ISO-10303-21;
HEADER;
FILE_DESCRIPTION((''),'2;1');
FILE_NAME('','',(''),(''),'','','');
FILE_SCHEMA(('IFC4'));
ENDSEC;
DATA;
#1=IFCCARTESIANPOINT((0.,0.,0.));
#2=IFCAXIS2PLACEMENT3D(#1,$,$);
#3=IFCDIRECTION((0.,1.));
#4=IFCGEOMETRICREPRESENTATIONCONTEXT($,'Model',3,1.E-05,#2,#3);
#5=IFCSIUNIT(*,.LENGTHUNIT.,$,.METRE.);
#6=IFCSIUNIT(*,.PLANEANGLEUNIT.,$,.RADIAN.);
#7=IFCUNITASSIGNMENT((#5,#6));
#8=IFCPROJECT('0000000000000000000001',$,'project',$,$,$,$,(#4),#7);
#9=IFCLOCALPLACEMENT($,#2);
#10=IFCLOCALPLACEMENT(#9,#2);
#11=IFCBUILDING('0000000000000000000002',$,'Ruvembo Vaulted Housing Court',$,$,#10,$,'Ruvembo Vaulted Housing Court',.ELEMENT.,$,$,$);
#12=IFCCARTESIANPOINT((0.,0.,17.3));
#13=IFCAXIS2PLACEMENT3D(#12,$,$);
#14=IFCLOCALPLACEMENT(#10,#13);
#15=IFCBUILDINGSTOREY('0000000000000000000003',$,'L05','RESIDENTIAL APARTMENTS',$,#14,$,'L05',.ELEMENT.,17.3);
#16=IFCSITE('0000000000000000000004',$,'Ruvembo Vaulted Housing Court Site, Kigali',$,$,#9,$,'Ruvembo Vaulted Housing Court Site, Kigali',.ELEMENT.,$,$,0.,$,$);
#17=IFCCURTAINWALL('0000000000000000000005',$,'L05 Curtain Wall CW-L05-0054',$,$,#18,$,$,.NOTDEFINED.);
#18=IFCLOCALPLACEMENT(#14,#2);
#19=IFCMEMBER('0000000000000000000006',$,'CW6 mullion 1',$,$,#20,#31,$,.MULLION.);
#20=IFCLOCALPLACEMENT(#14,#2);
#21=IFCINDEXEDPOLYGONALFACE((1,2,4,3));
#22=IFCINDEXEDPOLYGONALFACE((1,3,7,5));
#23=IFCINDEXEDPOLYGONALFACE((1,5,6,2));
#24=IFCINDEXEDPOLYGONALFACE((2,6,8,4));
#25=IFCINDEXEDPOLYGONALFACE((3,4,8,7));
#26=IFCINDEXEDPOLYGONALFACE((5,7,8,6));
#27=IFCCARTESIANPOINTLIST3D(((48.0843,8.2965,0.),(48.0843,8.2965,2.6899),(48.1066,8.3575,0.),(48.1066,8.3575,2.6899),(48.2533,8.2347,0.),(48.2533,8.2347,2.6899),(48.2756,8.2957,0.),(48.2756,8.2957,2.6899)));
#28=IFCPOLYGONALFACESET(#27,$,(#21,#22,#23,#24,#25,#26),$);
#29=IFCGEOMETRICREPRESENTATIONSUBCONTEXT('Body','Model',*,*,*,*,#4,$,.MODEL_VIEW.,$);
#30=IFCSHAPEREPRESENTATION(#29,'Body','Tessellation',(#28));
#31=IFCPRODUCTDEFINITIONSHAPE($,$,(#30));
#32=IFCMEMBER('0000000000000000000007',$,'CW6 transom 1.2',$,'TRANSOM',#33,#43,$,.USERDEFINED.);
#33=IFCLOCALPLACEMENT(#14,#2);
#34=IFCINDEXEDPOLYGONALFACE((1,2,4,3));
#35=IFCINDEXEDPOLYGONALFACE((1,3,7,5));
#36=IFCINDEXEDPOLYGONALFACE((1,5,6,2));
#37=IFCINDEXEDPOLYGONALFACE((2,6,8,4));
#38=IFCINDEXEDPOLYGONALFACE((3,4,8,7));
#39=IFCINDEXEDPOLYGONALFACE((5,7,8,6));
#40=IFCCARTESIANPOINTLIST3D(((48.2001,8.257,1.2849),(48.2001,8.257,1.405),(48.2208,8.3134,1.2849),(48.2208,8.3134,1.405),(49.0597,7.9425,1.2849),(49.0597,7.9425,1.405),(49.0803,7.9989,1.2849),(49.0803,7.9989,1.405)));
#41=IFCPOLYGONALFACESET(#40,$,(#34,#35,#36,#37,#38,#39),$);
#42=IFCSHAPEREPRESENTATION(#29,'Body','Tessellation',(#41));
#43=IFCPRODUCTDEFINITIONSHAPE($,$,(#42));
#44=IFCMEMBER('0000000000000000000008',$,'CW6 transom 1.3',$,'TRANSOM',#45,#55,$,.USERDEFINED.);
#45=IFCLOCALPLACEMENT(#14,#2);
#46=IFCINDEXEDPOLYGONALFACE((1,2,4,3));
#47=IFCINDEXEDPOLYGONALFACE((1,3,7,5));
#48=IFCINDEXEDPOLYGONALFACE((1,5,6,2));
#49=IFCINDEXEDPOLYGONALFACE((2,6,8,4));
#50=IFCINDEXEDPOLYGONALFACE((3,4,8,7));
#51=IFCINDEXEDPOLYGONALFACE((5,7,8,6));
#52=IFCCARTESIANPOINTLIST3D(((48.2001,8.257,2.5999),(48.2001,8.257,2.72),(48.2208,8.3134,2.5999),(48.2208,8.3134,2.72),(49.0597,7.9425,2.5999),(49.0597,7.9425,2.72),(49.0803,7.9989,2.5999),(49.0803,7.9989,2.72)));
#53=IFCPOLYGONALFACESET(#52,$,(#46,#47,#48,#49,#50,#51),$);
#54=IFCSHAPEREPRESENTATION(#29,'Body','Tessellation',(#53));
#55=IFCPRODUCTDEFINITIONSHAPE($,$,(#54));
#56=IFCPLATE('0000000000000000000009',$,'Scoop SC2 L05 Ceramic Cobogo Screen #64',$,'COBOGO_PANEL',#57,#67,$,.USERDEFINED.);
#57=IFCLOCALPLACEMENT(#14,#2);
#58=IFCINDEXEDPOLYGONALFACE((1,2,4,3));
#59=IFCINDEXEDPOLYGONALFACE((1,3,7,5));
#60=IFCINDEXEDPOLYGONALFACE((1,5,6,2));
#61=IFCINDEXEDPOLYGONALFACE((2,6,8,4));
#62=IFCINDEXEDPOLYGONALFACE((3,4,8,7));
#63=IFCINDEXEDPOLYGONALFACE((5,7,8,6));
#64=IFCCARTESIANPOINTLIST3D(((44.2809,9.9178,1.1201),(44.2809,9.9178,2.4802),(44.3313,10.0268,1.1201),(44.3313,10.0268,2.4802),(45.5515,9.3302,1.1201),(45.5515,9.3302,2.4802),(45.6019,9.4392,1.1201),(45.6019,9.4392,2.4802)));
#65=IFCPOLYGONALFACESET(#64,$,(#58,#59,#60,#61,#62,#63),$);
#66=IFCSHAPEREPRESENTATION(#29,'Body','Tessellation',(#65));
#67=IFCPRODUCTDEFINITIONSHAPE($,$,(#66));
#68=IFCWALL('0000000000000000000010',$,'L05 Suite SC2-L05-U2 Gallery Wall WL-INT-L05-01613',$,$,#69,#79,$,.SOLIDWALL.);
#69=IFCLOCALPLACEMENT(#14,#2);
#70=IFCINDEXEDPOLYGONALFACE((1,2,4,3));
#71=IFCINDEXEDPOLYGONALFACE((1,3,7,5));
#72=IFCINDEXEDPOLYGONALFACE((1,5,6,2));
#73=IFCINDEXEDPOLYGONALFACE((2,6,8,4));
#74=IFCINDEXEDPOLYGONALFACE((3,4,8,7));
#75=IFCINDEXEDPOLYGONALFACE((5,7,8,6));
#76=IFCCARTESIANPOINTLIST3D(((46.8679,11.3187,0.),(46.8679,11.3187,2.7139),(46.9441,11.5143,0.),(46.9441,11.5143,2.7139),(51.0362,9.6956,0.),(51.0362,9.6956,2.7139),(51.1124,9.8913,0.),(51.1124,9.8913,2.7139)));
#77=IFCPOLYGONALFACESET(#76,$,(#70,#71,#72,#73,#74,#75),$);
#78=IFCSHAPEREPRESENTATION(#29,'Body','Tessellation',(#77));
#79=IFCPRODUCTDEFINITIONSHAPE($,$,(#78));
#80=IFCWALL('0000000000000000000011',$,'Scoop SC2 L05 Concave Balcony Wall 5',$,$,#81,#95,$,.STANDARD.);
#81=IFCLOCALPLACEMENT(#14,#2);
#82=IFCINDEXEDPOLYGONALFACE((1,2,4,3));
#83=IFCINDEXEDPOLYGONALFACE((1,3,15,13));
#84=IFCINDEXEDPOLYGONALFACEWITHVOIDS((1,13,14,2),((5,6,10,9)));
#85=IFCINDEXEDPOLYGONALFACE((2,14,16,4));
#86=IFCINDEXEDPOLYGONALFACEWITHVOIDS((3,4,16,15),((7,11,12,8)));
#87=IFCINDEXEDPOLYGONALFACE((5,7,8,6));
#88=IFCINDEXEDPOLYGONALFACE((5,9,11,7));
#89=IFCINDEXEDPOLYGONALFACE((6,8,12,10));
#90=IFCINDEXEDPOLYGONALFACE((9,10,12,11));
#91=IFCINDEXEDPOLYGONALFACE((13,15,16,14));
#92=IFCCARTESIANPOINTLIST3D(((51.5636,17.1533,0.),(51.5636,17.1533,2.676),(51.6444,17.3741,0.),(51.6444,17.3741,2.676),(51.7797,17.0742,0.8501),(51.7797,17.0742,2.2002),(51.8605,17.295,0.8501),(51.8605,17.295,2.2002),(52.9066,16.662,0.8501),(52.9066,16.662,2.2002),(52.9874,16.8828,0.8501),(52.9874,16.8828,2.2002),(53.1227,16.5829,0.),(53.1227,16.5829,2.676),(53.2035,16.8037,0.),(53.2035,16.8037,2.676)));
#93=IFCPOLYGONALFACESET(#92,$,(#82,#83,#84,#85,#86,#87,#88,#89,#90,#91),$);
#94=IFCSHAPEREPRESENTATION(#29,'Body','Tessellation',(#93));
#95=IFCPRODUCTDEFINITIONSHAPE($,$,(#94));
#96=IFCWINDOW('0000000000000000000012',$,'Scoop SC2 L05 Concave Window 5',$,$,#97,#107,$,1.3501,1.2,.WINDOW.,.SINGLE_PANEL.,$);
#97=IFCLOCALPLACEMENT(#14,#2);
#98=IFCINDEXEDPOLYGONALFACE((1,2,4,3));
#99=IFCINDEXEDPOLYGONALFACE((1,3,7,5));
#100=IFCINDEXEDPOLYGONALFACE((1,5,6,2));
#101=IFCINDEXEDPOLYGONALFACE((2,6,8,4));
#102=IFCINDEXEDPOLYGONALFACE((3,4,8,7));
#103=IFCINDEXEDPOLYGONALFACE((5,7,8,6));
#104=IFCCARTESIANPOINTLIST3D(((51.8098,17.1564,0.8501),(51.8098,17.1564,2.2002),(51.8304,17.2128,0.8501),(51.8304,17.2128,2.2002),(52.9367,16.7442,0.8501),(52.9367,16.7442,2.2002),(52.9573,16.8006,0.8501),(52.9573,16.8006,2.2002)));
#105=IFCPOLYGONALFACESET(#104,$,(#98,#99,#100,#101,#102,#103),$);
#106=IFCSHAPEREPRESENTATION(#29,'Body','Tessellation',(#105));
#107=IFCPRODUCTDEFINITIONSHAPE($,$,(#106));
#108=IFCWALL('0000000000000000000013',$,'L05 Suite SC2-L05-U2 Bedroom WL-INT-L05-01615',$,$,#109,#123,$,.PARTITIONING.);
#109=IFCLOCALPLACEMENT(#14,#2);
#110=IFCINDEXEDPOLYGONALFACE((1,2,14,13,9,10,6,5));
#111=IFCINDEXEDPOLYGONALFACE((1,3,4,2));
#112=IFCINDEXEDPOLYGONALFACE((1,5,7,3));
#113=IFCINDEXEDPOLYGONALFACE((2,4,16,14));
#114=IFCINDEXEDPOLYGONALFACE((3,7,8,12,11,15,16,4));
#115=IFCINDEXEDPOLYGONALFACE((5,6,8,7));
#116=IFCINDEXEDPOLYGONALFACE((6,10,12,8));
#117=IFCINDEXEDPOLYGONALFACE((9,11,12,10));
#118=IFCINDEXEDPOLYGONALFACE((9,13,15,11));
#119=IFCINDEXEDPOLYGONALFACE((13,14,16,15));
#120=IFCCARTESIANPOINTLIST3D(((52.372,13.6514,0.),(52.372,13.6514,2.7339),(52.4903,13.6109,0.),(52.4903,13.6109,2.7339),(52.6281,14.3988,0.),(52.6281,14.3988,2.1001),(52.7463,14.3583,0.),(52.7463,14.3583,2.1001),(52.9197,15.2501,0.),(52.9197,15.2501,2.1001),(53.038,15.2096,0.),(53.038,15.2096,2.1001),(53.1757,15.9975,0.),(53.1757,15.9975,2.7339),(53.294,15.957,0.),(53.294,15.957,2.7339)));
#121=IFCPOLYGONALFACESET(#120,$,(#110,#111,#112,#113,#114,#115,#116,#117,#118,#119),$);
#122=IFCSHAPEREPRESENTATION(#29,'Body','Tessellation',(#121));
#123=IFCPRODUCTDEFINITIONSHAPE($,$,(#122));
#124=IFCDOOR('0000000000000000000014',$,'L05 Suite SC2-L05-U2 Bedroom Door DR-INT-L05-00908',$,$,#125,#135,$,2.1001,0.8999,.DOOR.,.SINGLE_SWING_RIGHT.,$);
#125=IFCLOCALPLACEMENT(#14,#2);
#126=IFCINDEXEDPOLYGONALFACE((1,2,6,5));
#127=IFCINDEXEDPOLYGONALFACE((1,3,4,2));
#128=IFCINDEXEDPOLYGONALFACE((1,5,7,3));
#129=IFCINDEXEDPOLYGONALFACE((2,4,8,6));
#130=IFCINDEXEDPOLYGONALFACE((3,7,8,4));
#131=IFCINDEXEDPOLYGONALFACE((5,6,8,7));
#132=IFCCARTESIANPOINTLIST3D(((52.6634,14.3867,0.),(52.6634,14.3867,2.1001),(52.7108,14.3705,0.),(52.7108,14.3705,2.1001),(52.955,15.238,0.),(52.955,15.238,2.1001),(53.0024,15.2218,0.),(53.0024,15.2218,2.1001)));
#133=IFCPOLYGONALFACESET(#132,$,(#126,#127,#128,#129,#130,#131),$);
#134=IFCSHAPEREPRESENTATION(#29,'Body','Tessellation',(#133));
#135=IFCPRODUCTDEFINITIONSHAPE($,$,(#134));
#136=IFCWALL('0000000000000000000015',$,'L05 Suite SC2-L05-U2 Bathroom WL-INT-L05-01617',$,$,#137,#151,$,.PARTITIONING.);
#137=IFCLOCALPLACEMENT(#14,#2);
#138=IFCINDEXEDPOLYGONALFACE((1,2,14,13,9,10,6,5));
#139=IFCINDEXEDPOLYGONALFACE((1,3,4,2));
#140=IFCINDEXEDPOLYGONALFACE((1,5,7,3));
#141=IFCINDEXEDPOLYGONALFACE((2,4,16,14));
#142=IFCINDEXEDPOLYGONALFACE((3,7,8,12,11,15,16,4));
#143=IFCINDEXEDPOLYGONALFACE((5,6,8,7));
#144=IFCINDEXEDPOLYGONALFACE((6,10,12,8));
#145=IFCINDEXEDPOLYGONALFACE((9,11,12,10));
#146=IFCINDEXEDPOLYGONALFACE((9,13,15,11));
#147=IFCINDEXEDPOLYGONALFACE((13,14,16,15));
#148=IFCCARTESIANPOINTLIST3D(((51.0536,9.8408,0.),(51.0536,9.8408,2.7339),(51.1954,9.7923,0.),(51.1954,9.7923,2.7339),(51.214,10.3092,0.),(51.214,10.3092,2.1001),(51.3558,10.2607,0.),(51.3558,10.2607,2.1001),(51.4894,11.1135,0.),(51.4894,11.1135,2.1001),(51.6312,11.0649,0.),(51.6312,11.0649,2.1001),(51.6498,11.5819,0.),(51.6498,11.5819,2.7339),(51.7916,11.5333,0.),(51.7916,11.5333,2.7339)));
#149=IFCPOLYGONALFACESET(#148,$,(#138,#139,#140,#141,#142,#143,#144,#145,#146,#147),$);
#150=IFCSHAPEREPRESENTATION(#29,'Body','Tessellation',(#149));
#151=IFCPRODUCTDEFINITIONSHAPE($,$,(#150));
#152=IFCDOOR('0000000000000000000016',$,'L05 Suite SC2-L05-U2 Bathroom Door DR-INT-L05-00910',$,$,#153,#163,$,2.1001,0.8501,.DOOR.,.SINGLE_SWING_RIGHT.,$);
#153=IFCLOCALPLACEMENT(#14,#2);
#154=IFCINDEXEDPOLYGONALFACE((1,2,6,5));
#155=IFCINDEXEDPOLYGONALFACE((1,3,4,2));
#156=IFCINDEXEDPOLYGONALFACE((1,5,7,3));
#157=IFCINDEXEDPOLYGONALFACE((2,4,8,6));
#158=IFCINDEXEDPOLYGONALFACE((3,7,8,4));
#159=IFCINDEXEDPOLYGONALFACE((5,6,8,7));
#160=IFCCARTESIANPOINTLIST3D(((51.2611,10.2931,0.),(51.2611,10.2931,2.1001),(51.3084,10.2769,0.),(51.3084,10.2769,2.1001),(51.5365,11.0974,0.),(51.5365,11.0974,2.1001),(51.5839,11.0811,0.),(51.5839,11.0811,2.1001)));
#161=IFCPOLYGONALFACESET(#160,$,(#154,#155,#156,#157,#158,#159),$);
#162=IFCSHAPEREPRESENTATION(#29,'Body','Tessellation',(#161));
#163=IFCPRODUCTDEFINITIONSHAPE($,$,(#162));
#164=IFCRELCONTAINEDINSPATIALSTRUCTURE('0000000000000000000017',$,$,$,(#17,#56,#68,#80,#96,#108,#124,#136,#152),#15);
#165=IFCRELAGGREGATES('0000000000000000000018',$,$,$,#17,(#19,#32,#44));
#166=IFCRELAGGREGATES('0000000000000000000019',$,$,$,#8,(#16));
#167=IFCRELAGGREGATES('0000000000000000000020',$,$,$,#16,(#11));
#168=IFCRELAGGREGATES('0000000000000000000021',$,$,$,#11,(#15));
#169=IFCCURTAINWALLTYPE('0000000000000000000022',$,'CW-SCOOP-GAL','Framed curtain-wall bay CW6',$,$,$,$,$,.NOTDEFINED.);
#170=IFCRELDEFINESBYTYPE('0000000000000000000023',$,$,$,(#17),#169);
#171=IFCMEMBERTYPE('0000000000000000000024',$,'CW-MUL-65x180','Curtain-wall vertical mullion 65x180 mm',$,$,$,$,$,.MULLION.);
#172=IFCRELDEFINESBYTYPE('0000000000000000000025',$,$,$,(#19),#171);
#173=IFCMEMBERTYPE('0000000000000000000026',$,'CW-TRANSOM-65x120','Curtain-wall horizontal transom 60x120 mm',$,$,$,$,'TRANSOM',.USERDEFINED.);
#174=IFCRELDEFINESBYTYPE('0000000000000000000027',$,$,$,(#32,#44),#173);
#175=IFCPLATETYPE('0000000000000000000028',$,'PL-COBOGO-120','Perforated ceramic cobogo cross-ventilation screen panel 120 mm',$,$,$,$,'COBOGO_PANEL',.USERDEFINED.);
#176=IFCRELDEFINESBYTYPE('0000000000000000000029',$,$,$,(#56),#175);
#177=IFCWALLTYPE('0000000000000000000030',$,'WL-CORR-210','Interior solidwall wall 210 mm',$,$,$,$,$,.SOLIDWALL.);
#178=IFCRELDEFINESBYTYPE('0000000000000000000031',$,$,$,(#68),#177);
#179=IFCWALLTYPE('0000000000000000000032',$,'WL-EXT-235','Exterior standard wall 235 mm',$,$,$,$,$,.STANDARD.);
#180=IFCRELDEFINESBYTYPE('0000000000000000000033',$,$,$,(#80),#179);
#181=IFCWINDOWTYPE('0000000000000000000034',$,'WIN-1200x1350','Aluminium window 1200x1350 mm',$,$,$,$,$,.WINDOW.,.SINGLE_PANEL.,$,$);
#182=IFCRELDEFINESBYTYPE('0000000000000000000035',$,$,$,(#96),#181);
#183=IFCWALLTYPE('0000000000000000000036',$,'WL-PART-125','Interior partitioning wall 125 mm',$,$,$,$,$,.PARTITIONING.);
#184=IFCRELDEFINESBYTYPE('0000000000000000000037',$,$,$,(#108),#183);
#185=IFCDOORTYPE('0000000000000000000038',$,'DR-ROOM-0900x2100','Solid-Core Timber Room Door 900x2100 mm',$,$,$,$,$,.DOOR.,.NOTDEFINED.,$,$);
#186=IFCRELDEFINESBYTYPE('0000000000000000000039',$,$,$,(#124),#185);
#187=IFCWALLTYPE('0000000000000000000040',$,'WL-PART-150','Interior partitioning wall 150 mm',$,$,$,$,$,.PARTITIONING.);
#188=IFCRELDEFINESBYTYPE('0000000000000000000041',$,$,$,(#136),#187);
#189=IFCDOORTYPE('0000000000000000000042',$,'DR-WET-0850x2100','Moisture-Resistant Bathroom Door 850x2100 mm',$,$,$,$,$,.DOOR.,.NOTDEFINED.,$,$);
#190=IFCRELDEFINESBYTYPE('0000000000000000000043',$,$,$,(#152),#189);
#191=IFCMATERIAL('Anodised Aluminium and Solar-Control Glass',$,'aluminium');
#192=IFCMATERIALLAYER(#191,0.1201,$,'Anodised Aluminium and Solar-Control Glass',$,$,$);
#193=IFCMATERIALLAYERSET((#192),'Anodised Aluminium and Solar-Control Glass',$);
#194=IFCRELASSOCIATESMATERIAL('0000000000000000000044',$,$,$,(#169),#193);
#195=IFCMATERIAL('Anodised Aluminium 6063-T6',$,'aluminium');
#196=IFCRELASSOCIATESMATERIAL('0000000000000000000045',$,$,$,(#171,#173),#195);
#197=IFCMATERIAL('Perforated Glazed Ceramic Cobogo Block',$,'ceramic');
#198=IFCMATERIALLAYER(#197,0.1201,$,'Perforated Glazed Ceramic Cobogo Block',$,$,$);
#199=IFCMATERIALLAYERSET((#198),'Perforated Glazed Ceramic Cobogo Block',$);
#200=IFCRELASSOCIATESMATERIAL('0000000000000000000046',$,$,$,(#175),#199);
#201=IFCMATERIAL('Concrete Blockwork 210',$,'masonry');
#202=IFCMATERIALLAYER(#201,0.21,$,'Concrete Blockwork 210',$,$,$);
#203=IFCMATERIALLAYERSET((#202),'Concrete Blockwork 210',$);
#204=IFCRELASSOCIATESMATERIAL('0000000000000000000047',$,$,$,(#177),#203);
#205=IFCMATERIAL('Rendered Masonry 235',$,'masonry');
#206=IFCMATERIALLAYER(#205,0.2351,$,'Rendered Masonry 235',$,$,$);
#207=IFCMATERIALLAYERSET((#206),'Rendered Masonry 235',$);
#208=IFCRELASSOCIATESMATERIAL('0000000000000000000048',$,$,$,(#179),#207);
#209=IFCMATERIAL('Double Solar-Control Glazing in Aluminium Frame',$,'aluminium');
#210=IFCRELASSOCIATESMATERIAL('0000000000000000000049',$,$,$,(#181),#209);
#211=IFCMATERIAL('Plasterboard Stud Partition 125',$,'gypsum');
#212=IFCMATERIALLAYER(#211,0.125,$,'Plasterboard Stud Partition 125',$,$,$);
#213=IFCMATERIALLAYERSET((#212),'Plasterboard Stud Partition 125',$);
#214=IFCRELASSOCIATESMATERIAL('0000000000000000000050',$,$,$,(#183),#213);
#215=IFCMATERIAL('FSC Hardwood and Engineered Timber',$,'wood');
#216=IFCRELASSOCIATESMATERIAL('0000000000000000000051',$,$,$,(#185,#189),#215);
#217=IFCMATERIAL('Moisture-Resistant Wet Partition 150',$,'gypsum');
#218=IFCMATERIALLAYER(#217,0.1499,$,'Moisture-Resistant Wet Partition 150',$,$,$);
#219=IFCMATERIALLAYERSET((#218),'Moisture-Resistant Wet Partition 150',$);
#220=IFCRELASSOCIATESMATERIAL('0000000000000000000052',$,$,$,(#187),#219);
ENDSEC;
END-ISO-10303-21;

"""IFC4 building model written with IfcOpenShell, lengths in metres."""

from ifc_helpers import new_model, si_unit, direction, frame, frame_2d, origin, origin_2d, place, context, subcontext, project, spatial, rectangle, extrude, material, layer, layer_set, material_profile, profile_set, type_object, element, fill, aggregate, save


model = new_model("IFC4")

# Units and contexts
model_context = context("Model", 3, precision=1e-05, world=origin(), true_north=direction((0.0, 1.0)))
body_context = subcontext(model_context, "Body", "Model", "MODEL_VIEW")
ifc_project = project(units=[si_unit("LENGTHUNIT", "METRE"), si_unit("PLANEANGLEUNIT", "RADIAN")], contexts=[model_context])

# Site, building, storey
site_placement = place(None, origin())
site = spatial("IfcSite", under=ifc_project, at=site_placement, Name="Ruvembo Vaulted Housing Court Site, Kigali", LongName="Ruvembo Vaulted Housing Court Site, Kigali", CompositionType="ELEMENT", RefElevation=0.0)
building_placement = place(site_placement, origin())
building = spatial("IfcBuilding", under=site, at=building_placement, Name="Ruvembo Vaulted Housing Court", LongName="Ruvembo Vaulted Housing Court", CompositionType="ELEMENT")
storey_placement = place(building_placement, frame((0.0, 0.0, 17.3)))
storey = spatial("IfcBuildingStorey", under=building, at=storey_placement, Name="L05", Description="RESIDENTIAL APARTMENTS", LongName="L05", CompositionType="ELEMENT", Elevation=17.3)

# Curtain wall, members
ifc_material_1 = material(Name="Anodised Aluminium and Solar-Control Glass", Category="aluminium")
ifc_layer_1 = layer(ifc_material_1, 0.1201, Name="Anodised Aluminium and Solar-Control Glass")
ifc_layer_set_1 = layer_set([ifc_layer_1], Name="Anodised Aluminium and Solar-Control Glass")
curtain_wall_type = type_object("IfcCurtainWallType", Name="CW-SCOOP-GAL", Description="Framed curtain-wall bay CW6", PredefinedType="NOTDEFINED", material=ifc_layer_set_1)
curtain_wall_placement = place(storey_placement, origin())
curtain_wall = element("IfcCurtainWall", 1, at=curtain_wall_placement, inside=storey, type_object=curtain_wall_type, Name="L05 Curtain Wall CW-L05-0054", PredefinedType="NOTDEFINED")
ifc_material_2 = material(Name="Anodised Aluminium 6063-T6", Category="aluminium")
ifc_material_profile_1 = material_profile(ifc_material_2, rectangle(XDim=0.0649, YDim=0.1799, at=origin_2d()), Name="ALU 65x180")
ifc_profile_set_1 = profile_set([ifc_material_profile_1], Name="Anodised Aluminium 6063-T6")
member_type_1 = type_object("IfcMemberType", Name="CW-MUL-65x180", Description="Curtain-wall vertical mullion 65x180 mm", PredefinedType="MULLION", material=ifc_profile_set_1)
member_1_placement = place(storey_placement, frame((48.1799, 8.2961, 0.0), z_axis=(0.0, 0.0, 1.0), x_axis=(0.34349, 0.939156, 0.0)))
member_1 = element("IfcMember", 2, at=member_1_placement, type_object=member_type_1, Name="CW6 mullion 1", PredefinedType="MULLION", context=body_context, shape_type="SweptSolid", body=[
    extrude(rectangle(XDim=0.0649, YDim=0.1799, at=origin_2d()), origin(), (0.0, 0.0, 1.0), 2.6899),
])
ifc_material_profile_2 = material_profile(ifc_material_2, rectangle(XDim=0.0601, YDim=0.1201, at=origin_2d()), Name="ALU 60x120")
ifc_profile_set_2 = profile_set([ifc_material_profile_2], Name="Anodised Aluminium 6063-T6")
member_type_2 = type_object("IfcMemberType", Name="CW-TRANSOM-65x120", Description="Curtain-wall horizontal transom 60x120 mm", ElementType="TRANSOM", PredefinedType="USERDEFINED", material=ifc_profile_set_2)
member_2_placement = place(storey_placement, frame((48.2104, 8.2852, 1.345), z_axis=(0.939138, -0.343541, 0.0), x_axis=(0.343541, 0.939138, 0.0)))
member_2 = element("IfcMember", 3, at=member_2_placement, type_object=member_type_2, Name="CW6 transom 1.2", ObjectType="TRANSOM", PredefinedType="USERDEFINED", context=body_context, shape_type="SweptSolid", body=[
    extrude(rectangle(XDim=0.0601, YDim=0.1201, at=origin_2d()), origin(), (0.0, 0.0, 1.0), 0.9153),
])
member_3_placement = place(storey_placement, frame((48.2104, 8.2852, 2.6599), z_axis=(0.939138, -0.343541, 0.0), x_axis=(0.343541, 0.939138, 0.0)))
member_3 = element("IfcMember", 4, at=member_3_placement, type_object=member_type_2, Name="CW6 transom 1.3", ObjectType="TRANSOM", PredefinedType="USERDEFINED", context=body_context, shape_type="SweptSolid", body=[
    extrude(rectangle(XDim=0.0601, YDim=0.1201, at=origin_2d()), origin(), (0.0, 0.0, 1.0), 0.9153),
])
aggregate(curtain_wall, [member_1, member_2, member_3])

# Plate
ifc_material_3 = material(Name="Perforated Glazed Ceramic Cobogo Block", Category="ceramic")
ifc_layer_2 = layer(ifc_material_3, 0.1201, Name="Perforated Glazed Ceramic Cobogo Block")
ifc_layer_set_2 = layer_set([ifc_layer_2], Name="Perforated Glazed Ceramic Cobogo Block")
plate_type = type_object("IfcPlateType", Name="PL-COBOGO-120", Description="Perforated ceramic cobogo cross-ventilation screen panel 120 mm", ElementType="COBOGO_PANEL", PredefinedType="USERDEFINED", material=ifc_layer_set_2)
plate_placement = place(storey_placement, frame((44.9414, 9.6785, 1.1201), z_axis=(0.0, 0.0, 1.0), x_axis=(0.907646, -0.419737, 0.0)))
element("IfcPlate", 5, at=plate_placement, inside=storey, type_object=plate_type, Name="Scoop SC2 L05 Ceramic Cobogo Screen #64", ObjectType="COBOGO_PANEL", PredefinedType="USERDEFINED", context=body_context, shape_type="SweptSolid", body=[
    extrude(rectangle(XDim=1.3999, YDim=0.1201, at=origin_2d()), origin(), (0.0, 0.0, 1.0), 1.3601),
])

# Wall
ifc_material_4 = material(Name="Concrete Blockwork 210", Category="masonry")
ifc_layer_3 = layer(ifc_material_4, 0.21, Name="Concrete Blockwork 210")
ifc_layer_set_3 = layer_set([ifc_layer_3], Name="Concrete Blockwork 210")
wall_type_1 = type_object("IfcWallType", Name="WL-CORR-210", Description="Interior solidwall wall 210 mm", PredefinedType="SOLIDWALL", material=ifc_layer_set_3)
wall_1_placement = place(storey_placement, frame((46.906, 11.4165, 0.0), z_axis=(0.0, 0.0, 1.0), x_axis=(0.931848, -0.362849, 0.0)))
element("IfcWall", 6, at=wall_1_placement, inside=storey, type_object=wall_type_1, Name="L05 Suite SC2-L05-U2 Gallery Wall WL-INT-L05-01613", PredefinedType="SOLIDWALL", context=body_context, shape_type="SweptSolid", body=[
    extrude(rectangle(XDim=4.4731, YDim=0.21, at=frame_2d((2.2366, 0.0))), origin(), (0.0, 0.0, 1.0), 2.7139),
])

# Shared definitions
ifc_material_5 = material(Name="FSC Hardwood and Engineered Timber", Category="wood")

# Wall, opening, window
ifc_material_6 = material(Name="Rendered Masonry 235", Category="masonry")
ifc_layer_4 = layer(ifc_material_6, 0.2351, Name="Rendered Masonry 235")
ifc_layer_set_4 = layer_set([ifc_layer_4], Name="Rendered Masonry 235")
wall_type_2 = type_object("IfcWallType", Name="WL-EXT-235", Description="Exterior standard wall 235 mm", PredefinedType="STANDARD", material=ifc_layer_set_4)
wall_2_placement = place(storey_placement, frame((51.604, 17.2637, 0.0), z_axis=(0.0, 0.0, 1.0), x_axis=(0.939139, -0.343537, 0.0)))
wall_2 = element("IfcWall", 7, at=wall_2_placement, inside=storey, type_object=wall_type_2, Name="Scoop SC2 L05 Concave Balcony Wall 5", PredefinedType="STANDARD", context=body_context, shape_type="SweptSolid", body=[
    extrude(rectangle(XDim=1.6602, YDim=0.2351, at=frame_2d((0.8301, 0.0))), origin(), (0.0, 0.0, 1.0), 2.676),
])
opening_1_placement = place(wall_2_placement, frame((0.23, 0.0, 0.8501)))
opening_1 = element("IfcOpeningElement", 8, at=opening_1_placement, cuts=wall_2, PredefinedType="OPENING", context=body_context, shape_type="SweptSolid", body=[
    extrude(rectangle(XDim=1.2, YDim=1.3501, at=frame_2d((0.6001, 0.675))), frame((0.0, 0.1274, 0.0), z_axis=(0.0, -1.0, 0.0), x_axis=(1.0, 0.0, 0.0)), (0.0, 0.0, 1.0), 0.2551),
])
ifc_material_7 = material(Name="Double Solar-Control Glazing in Aluminium Frame", Category="aluminium")
window_type = type_object("IfcWindowType", Name="WIN-1200x1350", Description="Aluminium window 1200x1350 mm", PartitioningType="SINGLE_PANEL", PredefinedType="WINDOW", material=ifc_material_7)
window_placement = place(opening_1_placement, origin())
window = element("IfcWindow", 9, at=window_placement, inside=storey, type_object=window_type, Name="Scoop SC2 L05 Concave Window 5", OverallHeight=1.3501, OverallWidth=1.2, PartitioningType="SINGLE_PANEL", PredefinedType="WINDOW", context=body_context, shape_type="SweptSolid", body=[
    extrude(rectangle(XDim=1.2, YDim=1.3501, at=frame_2d((0.6001, 0.675))), frame((0.0, 0.03, 0.0), z_axis=(0.0, -1.0, 0.0), x_axis=(1.0, 0.0, 0.0)), (0.0, 0.0, 1.0), 0.0601),
])
fill(opening_1, window)

# Walls, openings, doors
ifc_material_8 = material(Name="Plasterboard Stud Partition 125", Category="gypsum")
ifc_layer_5 = layer(ifc_material_8, 0.125, Name="Plasterboard Stud Partition 125")
ifc_layer_set_5 = layer_set([ifc_layer_5], Name="Plasterboard Stud Partition 125")
wall_type_3 = type_object("IfcWallType", Name="WL-PART-125", Description="Interior partitioning wall 125 mm", PredefinedType="PARTITIONING", material=ifc_layer_set_5)
wall_3_placement = place(storey_placement, frame((53.2349, 15.9773, 0.0), z_axis=(0.0, 0.0, 1.0), x_axis=(-0.324073, -0.946032, 0.0)))
wall_3 = element("IfcWall", 10, at=wall_3_placement, inside=storey, type_object=wall_type_3, Name="L05 Suite SC2-L05-U2 Bedroom WL-INT-L05-01615", PredefinedType="PARTITIONING", context=body_context, shape_type="SweptSolid", body=[
    extrude(rectangle(XDim=2.48, YDim=0.125, at=frame_2d((1.24, 0.0))), origin(), (0.0, 0.0, 1.0), 2.7339),
])
opening_2_placement = place(wall_3_placement, frame((0.79, 0.0, 0.0)))
opening_2 = element("IfcOpeningElement", 11, at=opening_2_placement, cuts=wall_3, PredefinedType="OPENING", context=body_context, shape_type="SweptSolid", body=[
    extrude(rectangle(XDim=0.8999, YDim=2.1001, at=frame_2d((0.45, 1.05))), frame((0.0, 0.0725, 0.0), z_axis=(0.0, -1.0, 0.0), x_axis=(1.0, 0.0, 0.0)), (0.0, 0.0, 1.0), 0.145),
])
door_type_1 = type_object("IfcDoorType", Name="DR-ROOM-0900x2100", Description="Solid-Core Timber Room Door 900x2100 mm", OperationType="NOTDEFINED", PredefinedType="DOOR", material=ifc_material_5)
door_1_placement = place(opening_2_placement, origin())
door_1 = element("IfcDoor", 12, at=door_1_placement, inside=storey, type_object=door_type_1, Name="L05 Suite SC2-L05-U2 Bedroom Door DR-INT-L05-00908", OperationType="SINGLE_SWING_RIGHT", OverallHeight=2.1001, OverallWidth=0.8999, PredefinedType="DOOR", context=body_context, shape_type="SweptSolid", body=[
    extrude(rectangle(XDim=0.8999, YDim=2.1001, at=frame_2d((0.45, 1.05))), frame((0.0, 0.0249, 0.0), z_axis=(0.0, -1.0, 0.0), x_axis=(1.0, 0.0, 0.0)), (0.0, 0.0, 1.0), 0.05),
])
fill(opening_2, door_1)
ifc_material_9 = material(Name="Moisture-Resistant Wet Partition 150", Category="gypsum")
ifc_layer_6 = layer(ifc_material_9, 0.1499, Name="Moisture-Resistant Wet Partition 150")
ifc_layer_set_6 = layer_set([ifc_layer_6], Name="Moisture-Resistant Wet Partition 150")
wall_type_4 = type_object("IfcWallType", Name="WL-PART-150", Description="Interior partitioning wall 150 mm", PredefinedType="PARTITIONING", material=ifc_layer_set_6)
wall_4_placement = place(storey_placement, frame((51.7207, 11.5576, 0.0), z_axis=(0.0, 0.0, 1.0), x_axis=(-0.323978, -0.946065, 0.0)))
wall_4 = element("IfcWall", 13, at=wall_4_placement, inside=storey, type_object=wall_type_4, Name="L05 Suite SC2-L05-U2 Bathroom WL-INT-L05-01617", PredefinedType="PARTITIONING", context=body_context, shape_type="SweptSolid", body=[
    extrude(rectangle(XDim=1.8403, YDim=0.1499, at=frame_2d((0.9202, 0.0))), origin(), (0.0, 0.0, 1.0), 2.7339),
])
opening_3_placement = place(wall_4_placement, frame((0.4951, 0.0, 0.0)))
opening_3 = element("IfcOpeningElement", 14, at=opening_3_placement, cuts=wall_4, PredefinedType="OPENING", context=body_context, shape_type="SweptSolid", body=[
    extrude(rectangle(XDim=0.8501, YDim=2.1001, at=frame_2d((0.425, 1.05))), frame((0.0, 0.085, 0.0), z_axis=(0.0, -1.0, 0.0), x_axis=(1.0, 0.0, 0.0)), (0.0, 0.0, 1.0), 0.1699),
])
door_type_2 = type_object("IfcDoorType", Name="DR-WET-0850x2100", Description="Moisture-Resistant Bathroom Door 850x2100 mm", OperationType="NOTDEFINED", PredefinedType="DOOR", material=ifc_material_5)
door_2_placement = place(opening_3_placement, origin())
door_2 = element("IfcDoor", 15, at=door_2_placement, inside=storey, type_object=door_type_2, Name="L05 Suite SC2-L05-U2 Bathroom Door DR-INT-L05-00910", OperationType="SINGLE_SWING_RIGHT", OverallHeight=2.1001, OverallWidth=0.8501, PredefinedType="DOOR", context=body_context, shape_type="SweptSolid", body=[
    extrude(rectangle(XDim=0.8501, YDim=2.1001, at=frame_2d((0.425, 1.05))), frame((0.0, 0.0249, 0.0), z_axis=(0.0, -1.0, 0.0), x_axis=(1.0, 0.0, 0.0)), (0.0, 0.0, 1.0), 0.05),
])
fill(opening_3, door_2)

save(model, "model.ifc")
